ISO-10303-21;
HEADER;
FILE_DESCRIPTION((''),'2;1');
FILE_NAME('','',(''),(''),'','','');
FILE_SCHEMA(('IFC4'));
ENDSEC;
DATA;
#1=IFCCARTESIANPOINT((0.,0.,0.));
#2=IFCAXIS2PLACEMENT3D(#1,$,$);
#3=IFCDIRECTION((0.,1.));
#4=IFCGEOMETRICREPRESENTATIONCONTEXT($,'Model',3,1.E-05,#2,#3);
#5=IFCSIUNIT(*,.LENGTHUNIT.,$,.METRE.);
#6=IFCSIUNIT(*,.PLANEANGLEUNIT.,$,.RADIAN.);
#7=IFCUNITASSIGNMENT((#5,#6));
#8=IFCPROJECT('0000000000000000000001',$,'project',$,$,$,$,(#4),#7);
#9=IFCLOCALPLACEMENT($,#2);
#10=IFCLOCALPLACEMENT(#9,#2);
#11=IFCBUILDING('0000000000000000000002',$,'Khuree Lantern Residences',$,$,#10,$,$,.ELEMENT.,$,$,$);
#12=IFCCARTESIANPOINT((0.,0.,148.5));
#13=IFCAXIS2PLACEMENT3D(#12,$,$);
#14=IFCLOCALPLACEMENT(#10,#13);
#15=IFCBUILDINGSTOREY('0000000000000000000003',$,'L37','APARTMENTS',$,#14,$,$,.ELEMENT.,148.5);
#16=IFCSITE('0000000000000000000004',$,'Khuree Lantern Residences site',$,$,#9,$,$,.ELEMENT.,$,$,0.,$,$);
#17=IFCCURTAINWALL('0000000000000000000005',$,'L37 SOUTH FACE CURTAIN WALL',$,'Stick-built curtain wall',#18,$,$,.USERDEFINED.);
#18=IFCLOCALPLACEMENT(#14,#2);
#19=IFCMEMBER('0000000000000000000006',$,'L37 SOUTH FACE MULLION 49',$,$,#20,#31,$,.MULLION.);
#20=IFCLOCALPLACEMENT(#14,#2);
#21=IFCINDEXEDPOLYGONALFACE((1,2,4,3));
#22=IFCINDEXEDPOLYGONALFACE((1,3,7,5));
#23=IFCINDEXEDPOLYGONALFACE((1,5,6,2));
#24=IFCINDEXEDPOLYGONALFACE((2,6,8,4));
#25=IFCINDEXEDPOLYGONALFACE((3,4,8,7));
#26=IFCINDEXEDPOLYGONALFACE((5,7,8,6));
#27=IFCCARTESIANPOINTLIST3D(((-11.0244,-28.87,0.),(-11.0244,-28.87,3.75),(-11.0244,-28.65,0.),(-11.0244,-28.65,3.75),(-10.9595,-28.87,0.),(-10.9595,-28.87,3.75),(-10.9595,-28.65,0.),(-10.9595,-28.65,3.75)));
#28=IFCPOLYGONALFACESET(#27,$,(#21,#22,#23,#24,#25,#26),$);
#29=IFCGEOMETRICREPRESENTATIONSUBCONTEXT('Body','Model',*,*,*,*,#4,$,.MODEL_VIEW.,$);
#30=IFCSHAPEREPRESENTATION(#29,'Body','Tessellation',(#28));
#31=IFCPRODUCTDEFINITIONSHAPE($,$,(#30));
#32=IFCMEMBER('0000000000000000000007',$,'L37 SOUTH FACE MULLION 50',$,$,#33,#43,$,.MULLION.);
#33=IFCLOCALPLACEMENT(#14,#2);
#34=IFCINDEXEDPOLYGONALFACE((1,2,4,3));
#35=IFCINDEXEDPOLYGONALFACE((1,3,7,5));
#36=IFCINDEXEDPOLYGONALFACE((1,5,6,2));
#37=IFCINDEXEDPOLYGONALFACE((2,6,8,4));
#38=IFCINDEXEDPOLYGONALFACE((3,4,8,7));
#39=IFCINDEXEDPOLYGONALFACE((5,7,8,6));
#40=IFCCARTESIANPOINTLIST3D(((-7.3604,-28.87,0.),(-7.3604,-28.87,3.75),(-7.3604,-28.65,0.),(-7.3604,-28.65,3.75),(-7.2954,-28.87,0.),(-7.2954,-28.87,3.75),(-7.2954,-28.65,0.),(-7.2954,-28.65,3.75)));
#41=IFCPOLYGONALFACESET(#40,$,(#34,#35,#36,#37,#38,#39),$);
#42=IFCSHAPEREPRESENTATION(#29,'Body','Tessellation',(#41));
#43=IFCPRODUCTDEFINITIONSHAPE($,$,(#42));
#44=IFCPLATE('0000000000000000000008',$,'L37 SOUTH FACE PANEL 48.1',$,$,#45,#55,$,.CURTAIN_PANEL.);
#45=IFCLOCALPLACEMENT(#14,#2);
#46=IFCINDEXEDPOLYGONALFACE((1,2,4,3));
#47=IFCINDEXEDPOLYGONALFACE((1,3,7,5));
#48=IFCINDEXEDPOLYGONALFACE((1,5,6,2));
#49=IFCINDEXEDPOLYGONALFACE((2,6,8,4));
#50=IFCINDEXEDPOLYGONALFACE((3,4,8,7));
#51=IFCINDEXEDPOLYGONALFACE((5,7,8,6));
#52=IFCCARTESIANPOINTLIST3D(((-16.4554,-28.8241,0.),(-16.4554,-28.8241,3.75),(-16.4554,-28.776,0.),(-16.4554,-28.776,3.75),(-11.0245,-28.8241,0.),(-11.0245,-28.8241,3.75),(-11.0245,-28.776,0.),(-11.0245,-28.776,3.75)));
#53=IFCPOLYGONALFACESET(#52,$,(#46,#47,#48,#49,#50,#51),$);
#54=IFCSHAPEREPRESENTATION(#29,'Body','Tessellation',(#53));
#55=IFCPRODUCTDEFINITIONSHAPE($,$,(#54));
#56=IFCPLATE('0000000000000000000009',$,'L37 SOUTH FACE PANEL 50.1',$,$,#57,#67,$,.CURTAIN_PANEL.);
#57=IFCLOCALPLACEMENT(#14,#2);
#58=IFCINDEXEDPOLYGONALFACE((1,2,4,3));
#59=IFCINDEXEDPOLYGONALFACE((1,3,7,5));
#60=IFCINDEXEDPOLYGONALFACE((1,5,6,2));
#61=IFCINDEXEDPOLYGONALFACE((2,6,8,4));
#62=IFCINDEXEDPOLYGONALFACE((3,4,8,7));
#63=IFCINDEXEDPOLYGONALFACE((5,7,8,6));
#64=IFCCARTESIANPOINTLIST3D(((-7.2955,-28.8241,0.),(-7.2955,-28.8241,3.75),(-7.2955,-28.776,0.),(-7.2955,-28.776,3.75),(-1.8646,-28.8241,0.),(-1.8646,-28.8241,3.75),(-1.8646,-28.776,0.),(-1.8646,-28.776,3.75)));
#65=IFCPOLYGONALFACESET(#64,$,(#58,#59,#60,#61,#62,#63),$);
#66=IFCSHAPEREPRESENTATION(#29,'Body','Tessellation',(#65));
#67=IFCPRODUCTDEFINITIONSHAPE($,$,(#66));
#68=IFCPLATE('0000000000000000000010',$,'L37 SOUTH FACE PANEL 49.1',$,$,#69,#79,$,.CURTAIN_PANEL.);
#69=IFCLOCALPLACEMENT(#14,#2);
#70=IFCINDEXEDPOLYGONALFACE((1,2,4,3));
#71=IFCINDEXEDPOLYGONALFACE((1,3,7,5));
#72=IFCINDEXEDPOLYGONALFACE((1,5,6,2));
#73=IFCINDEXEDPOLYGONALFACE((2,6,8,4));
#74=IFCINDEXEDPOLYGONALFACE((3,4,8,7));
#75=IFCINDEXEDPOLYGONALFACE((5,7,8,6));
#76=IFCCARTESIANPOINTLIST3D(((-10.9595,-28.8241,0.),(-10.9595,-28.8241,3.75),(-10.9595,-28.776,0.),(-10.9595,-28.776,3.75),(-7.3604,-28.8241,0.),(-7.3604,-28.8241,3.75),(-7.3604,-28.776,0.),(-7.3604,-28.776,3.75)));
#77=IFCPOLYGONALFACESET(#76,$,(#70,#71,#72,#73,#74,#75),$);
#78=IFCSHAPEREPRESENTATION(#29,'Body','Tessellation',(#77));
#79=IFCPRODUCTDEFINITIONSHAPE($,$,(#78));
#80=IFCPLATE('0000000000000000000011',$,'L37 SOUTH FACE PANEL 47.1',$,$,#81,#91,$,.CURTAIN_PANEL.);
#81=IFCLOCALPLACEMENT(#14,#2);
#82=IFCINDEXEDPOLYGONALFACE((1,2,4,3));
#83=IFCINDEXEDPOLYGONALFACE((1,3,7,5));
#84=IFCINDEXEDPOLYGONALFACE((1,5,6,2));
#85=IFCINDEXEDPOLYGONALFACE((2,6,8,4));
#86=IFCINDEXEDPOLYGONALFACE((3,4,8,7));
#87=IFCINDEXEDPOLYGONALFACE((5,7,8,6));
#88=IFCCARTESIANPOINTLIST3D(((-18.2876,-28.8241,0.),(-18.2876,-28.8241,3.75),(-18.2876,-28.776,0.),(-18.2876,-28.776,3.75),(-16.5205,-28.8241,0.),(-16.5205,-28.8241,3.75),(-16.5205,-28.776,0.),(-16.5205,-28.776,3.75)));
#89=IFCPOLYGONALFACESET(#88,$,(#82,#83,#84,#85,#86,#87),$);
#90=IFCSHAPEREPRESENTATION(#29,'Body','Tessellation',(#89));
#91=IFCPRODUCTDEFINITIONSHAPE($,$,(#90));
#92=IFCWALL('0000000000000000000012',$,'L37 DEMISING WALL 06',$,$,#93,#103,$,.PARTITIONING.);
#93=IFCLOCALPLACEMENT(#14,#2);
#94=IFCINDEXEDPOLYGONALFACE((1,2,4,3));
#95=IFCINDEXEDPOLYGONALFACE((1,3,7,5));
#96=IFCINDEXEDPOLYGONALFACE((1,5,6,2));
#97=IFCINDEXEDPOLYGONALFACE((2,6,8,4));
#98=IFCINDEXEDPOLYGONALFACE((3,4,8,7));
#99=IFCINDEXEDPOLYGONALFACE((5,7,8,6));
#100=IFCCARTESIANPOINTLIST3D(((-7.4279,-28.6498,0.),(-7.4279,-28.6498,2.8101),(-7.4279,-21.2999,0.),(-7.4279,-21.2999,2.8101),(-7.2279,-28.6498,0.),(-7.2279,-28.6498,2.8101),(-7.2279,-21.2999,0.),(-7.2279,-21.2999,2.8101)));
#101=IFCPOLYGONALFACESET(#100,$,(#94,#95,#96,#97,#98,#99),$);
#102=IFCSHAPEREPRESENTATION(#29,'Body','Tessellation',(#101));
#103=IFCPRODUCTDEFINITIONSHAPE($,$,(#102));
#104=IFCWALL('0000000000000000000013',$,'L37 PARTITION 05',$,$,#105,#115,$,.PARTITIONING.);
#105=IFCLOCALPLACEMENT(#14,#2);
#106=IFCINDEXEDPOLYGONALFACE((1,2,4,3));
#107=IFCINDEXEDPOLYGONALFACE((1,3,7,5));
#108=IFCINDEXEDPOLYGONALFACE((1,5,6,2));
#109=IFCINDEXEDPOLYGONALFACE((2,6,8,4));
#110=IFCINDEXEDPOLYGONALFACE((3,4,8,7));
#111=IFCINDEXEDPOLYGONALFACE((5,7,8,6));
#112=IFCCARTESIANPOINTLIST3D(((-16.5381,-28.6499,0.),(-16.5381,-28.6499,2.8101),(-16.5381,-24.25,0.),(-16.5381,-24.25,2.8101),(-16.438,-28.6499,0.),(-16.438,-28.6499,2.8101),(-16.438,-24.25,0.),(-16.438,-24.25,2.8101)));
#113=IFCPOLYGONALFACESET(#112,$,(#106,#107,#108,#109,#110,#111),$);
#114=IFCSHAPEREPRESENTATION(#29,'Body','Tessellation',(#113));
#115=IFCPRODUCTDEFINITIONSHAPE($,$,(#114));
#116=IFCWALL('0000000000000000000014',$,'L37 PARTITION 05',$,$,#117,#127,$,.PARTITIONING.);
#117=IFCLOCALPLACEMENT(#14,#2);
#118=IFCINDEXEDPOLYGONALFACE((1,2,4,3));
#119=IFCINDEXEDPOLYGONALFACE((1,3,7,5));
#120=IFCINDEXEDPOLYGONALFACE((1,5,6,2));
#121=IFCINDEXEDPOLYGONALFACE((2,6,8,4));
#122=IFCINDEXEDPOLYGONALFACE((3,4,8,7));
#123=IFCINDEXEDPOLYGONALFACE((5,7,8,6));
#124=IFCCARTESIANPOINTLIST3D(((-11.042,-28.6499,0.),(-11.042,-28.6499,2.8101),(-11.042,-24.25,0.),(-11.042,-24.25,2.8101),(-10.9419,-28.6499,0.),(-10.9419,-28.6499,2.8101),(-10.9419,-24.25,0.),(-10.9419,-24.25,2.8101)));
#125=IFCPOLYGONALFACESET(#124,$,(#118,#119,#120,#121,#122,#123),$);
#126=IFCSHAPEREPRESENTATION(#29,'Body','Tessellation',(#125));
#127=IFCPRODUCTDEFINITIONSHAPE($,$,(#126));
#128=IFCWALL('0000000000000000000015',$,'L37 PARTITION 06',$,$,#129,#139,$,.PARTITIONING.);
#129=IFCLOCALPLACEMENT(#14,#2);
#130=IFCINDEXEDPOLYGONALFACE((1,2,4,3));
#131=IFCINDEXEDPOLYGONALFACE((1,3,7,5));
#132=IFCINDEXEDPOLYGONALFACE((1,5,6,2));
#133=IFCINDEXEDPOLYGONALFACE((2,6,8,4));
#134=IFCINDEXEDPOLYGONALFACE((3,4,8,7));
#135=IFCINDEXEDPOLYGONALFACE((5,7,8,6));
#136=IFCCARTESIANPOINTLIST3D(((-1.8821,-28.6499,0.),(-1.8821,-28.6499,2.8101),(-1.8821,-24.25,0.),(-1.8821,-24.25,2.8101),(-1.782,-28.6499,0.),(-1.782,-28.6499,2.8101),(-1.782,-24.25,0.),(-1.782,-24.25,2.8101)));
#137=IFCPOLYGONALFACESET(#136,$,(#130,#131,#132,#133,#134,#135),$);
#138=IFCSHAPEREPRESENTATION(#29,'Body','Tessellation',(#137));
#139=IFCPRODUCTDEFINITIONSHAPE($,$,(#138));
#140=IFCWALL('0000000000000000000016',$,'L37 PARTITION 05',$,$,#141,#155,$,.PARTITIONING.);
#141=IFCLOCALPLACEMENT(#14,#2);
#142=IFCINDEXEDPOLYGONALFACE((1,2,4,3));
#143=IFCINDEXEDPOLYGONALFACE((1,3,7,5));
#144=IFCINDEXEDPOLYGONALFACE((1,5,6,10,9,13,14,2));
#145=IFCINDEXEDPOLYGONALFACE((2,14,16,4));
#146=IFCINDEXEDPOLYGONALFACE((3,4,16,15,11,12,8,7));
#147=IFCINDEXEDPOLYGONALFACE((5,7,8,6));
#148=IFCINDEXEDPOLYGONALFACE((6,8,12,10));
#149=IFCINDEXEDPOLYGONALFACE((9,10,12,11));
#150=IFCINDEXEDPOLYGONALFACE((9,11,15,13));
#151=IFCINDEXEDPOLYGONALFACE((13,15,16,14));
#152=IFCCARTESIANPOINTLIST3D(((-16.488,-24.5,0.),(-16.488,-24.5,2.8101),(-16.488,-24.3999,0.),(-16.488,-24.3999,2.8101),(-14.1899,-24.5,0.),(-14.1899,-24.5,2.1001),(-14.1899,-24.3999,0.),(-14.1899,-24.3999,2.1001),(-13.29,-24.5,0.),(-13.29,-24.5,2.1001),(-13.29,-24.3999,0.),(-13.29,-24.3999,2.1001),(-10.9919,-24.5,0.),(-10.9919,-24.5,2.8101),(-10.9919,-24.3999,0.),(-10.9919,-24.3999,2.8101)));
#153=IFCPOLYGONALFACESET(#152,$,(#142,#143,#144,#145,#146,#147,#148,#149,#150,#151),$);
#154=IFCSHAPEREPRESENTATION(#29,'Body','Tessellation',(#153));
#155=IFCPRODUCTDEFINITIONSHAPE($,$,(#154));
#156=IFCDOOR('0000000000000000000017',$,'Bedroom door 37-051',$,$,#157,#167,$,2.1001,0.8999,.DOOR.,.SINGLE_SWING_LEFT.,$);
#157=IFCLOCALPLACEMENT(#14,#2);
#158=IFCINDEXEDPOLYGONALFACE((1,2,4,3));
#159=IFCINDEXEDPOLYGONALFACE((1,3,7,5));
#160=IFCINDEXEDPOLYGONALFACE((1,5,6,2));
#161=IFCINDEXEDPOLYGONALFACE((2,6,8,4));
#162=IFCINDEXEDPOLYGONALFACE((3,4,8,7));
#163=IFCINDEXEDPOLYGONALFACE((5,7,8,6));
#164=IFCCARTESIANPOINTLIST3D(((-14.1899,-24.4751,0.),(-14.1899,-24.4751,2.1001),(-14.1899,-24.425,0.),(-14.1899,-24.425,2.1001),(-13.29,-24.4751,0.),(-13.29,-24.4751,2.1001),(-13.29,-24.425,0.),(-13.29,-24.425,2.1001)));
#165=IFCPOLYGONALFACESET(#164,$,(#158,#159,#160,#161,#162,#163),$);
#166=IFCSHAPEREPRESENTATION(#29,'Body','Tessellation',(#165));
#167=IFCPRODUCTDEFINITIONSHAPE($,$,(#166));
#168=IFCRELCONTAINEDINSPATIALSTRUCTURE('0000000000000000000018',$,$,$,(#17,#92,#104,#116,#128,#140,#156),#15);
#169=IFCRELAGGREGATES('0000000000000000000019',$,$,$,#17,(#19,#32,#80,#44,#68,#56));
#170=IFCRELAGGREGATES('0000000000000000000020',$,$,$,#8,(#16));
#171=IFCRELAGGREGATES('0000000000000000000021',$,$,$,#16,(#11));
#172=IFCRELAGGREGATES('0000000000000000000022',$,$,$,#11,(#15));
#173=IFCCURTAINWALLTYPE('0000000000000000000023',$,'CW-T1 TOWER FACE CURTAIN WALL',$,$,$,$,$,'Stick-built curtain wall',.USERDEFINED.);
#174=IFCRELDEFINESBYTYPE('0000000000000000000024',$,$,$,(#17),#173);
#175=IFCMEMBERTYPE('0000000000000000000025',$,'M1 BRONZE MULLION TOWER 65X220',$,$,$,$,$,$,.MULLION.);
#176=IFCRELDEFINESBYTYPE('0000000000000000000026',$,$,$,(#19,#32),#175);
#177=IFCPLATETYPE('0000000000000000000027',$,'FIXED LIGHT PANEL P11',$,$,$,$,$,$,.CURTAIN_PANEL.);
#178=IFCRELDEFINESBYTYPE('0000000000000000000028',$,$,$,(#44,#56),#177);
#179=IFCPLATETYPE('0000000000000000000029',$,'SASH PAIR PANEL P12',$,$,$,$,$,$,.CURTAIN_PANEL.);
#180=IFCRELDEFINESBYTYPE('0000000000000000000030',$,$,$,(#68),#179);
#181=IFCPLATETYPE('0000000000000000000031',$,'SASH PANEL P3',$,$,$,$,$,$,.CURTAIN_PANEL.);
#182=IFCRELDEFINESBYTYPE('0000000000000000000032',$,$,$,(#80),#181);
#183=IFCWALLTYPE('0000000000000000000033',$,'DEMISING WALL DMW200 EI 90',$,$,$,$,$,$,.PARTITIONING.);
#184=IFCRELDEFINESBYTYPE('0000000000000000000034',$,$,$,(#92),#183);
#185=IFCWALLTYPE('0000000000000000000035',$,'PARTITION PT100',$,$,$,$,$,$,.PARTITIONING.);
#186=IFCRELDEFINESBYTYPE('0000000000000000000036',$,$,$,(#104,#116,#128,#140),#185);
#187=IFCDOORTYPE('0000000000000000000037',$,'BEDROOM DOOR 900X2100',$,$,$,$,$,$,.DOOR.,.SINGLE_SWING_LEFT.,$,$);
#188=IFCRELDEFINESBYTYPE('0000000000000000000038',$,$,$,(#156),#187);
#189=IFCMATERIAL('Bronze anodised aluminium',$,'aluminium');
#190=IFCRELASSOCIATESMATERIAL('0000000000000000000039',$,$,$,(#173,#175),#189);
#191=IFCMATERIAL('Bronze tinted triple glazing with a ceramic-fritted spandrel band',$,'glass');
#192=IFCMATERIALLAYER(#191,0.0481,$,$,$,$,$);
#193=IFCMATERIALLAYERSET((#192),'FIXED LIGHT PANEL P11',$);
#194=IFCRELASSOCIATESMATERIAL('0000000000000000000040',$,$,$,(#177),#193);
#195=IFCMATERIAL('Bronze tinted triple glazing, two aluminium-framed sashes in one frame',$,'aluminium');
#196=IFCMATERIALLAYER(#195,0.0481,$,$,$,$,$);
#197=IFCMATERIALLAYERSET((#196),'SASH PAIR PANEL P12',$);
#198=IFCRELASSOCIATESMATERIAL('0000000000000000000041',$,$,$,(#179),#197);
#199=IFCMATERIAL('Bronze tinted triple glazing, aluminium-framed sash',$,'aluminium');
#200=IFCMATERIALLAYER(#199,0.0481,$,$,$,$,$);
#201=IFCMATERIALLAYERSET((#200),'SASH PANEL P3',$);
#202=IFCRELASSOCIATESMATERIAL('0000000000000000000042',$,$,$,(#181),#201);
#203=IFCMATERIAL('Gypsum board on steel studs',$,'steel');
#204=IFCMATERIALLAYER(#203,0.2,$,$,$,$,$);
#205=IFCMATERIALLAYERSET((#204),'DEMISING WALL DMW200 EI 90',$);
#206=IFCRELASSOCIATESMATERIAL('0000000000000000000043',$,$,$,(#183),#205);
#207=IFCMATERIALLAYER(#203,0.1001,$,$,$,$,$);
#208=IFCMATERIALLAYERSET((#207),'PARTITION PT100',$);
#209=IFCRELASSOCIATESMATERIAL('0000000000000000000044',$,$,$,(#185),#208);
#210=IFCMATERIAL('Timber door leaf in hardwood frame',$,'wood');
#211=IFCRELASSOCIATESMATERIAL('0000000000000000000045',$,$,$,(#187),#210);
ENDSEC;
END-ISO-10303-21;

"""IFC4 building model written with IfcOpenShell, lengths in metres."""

from ifc_helpers import new_model, si_unit, direction, frame, frame_2d, origin, origin_2d, place, context, subcontext, project, spatial, rectangle, extrude, material, layer, layer_set, material_profile, profile_set, type_object, element, fill, aggregate, save


model = new_model("IFC4")

# Units and contexts
model_context = context("Model", 3, precision=1e-05, world=origin(), true_north=direction((0.0, 1.0)))
body_context = subcontext(model_context, "Body", "Model", "MODEL_VIEW")
ifc_project = project(units=[si_unit("LENGTHUNIT", "METRE"), si_unit("PLANEANGLEUNIT", "RADIAN")], contexts=[model_context])

# Site, building, storey
site_placement = place(None, origin())
site = spatial("IfcSite", under=ifc_project, at=site_placement, Name="Khuree Lantern Residences site", CompositionType="ELEMENT", RefElevation=0.0)
building_placement = place(site_placement, origin())
building = spatial("IfcBuilding", under=site, at=building_placement, Name="Khuree Lantern Residences", CompositionType="ELEMENT")
storey_placement = place(building_placement, frame((0.0, 0.0, 148.5)))
storey = spatial("IfcBuildingStorey", under=building, at=storey_placement, Name="L37", Description="APARTMENTS", CompositionType="ELEMENT", Elevation=148.5)

# Curtain wall
ifc_material_1 = material(Name="Bronze anodised aluminium", Category="aluminium")
curtain_wall_type = type_object("IfcCurtainWallType", Name="CW-T1 TOWER FACE CURTAIN WALL", ElementType="Stick-built curtain wall", PredefinedType="USERDEFINED", material=ifc_material_1)
curtain_wall_placement = place(storey_placement, origin())
curtain_wall = element("IfcCurtainWall", 1, at=curtain_wall_placement, inside=storey, type_object=curtain_wall_type, Name="L37 SOUTH FACE CURTAIN WALL", ObjectType="Stick-built curtain wall", PredefinedType="USERDEFINED")

# Members
ifc_material_profile_1 = material_profile(ifc_material_1, rectangle(XDim=0.0649, YDim=0.22, at=origin_2d()), Name="M1 65X220")
ifc_profile_set_1 = profile_set([ifc_material_profile_1], Name="Bronze anodised aluminium")
member_type_1 = type_object("IfcMemberType", Name="M1 BRONZE MULLION TOWER 65X220", PredefinedType="MULLION", material=ifc_profile_set_1)
member_1_placement = place(storey_placement, frame((-10.9919, -28.76, 0.0), z_axis=(0.0, 0.0, 1.0), x_axis=(1.0, 0.0, 0.0)))
member_1 = element("IfcMember", 2, at=member_1_placement, type_object=member_type_1, Name="L37 SOUTH FACE MULLION 49", PredefinedType="MULLION", context=body_context, shape_type="SweptSolid", body=[
    extrude(rectangle(XDim=0.0649, YDim=0.22, at=origin_2d()), origin(), (0.0, 0.0, 1.0), 3.75),
])
member_2_placement = place(storey_placement, frame((-7.3279, -28.76, 0.0), z_axis=(0.0, 0.0, 1.0), x_axis=(1.0, 0.0, 0.0)))
member_2 = element("IfcMember", 3, at=member_2_placement, type_object=member_type_1, Name="L37 SOUTH FACE MULLION 50", PredefinedType="MULLION", context=body_context, shape_type="SweptSolid", body=[
    extrude(rectangle(XDim=0.0649, YDim=0.22, at=origin_2d()), origin(), (0.0, 0.0, 1.0), 3.75),
])

# Plates
ifc_material_2 = material(Name="Bronze tinted triple glazing with a ceramic-fritted spandrel band", Category="glass")
ifc_layer_1 = layer(ifc_material_2, 0.0481)
ifc_layer_set_1 = layer_set([ifc_layer_1], Name="FIXED LIGHT PANEL P11")
plate_type_1 = type_object("IfcPlateType", Name="FIXED LIGHT PANEL P11", PredefinedType="CURTAIN_PANEL", material=ifc_layer_set_1)
plate_1_placement = place(storey_placement, frame((-13.74, -28.8, 0.0), z_axis=(0.0, 0.0, 1.0), x_axis=(1.0, 0.0, 0.0)))
plate_1 = element("IfcPlate", 4, at=plate_1_placement, type_object=plate_type_1, Name="L37 SOUTH FACE PANEL 48.1", PredefinedType="CURTAIN_PANEL", context=body_context, shape_type="SweptSolid", body=[
    extrude(rectangle(XDim=5.4309, YDim=0.0481, at=origin_2d()), origin(), (0.0, 0.0, 1.0), 3.75),
])
plate_2_placement = place(storey_placement, frame((-4.5801, -28.8, 0.0), z_axis=(0.0, 0.0, 1.0), x_axis=(1.0, 0.0, 0.0)))
plate_2 = element("IfcPlate", 5, at=plate_2_placement, type_object=plate_type_1, Name="L37 SOUTH FACE PANEL 50.1", PredefinedType="CURTAIN_PANEL", context=body_context, shape_type="SweptSolid", body=[
    extrude(rectangle(XDim=5.4309, YDim=0.0481, at=origin_2d()), origin(), (0.0, 0.0, 1.0), 3.75),
])
ifc_material_3 = material(Name="Bronze tinted triple glazing, two aluminium-framed sashes in one frame", Category="aluminium")
ifc_layer_2 = layer(ifc_material_3, 0.0481)
ifc_layer_set_2 = layer_set([ifc_layer_2], Name="SASH PAIR PANEL P12")
plate_type_2 = type_object("IfcPlateType", Name="SASH PAIR PANEL P12", PredefinedType="CURTAIN_PANEL", material=ifc_layer_set_2)
plate_3_placement = place(storey_placement, frame((-9.1599, -28.8, 0.0), z_axis=(0.0, 0.0, 1.0), x_axis=(1.0, 0.0, 0.0)))
plate_3 = element("IfcPlate", 6, at=plate_3_placement, type_object=plate_type_2, Name="L37 SOUTH FACE PANEL 49.1", PredefinedType="CURTAIN_PANEL", context=body_context, shape_type="SweptSolid", body=[
    extrude(rectangle(XDim=3.5991, YDim=0.0481, at=origin_2d()), origin(), (0.0, 0.0, 1.0), 3.75),
])
ifc_material_4 = material(Name="Bronze tinted triple glazing, aluminium-framed sash", Category="aluminium")
ifc_layer_3 = layer(ifc_material_4, 0.0481)
ifc_layer_set_3 = layer_set([ifc_layer_3], Name="SASH PANEL P3")
plate_type_3 = type_object("IfcPlateType", Name="SASH PANEL P3", PredefinedType="CURTAIN_PANEL", material=ifc_layer_set_3)
plate_4_placement = place(storey_placement, frame((-17.4041, -28.8, 0.0), z_axis=(0.0, 0.0, 1.0), x_axis=(1.0, 0.0, 0.0)))
plate_4 = element("IfcPlate", 7, at=plate_4_placement, type_object=plate_type_3, Name="L37 SOUTH FACE PANEL 47.1", PredefinedType="CURTAIN_PANEL", context=body_context, shape_type="SweptSolid", body=[
    extrude(rectangle(XDim=1.7671, YDim=0.0481, at=origin_2d()), origin(), (0.0, 0.0, 1.0), 3.75),
])
aggregate(curtain_wall, [member_1, member_2, plate_4, plate_1, plate_3, plate_2])

# Walls
ifc_material_5 = material(Name="Gypsum board on steel studs", Category="steel")
ifc_layer_4 = layer(ifc_material_5, 0.2)
ifc_layer_set_4 = layer_set([ifc_layer_4], Name="DEMISING WALL DMW200 EI 90")
wall_type_1 = type_object("IfcWallType", Name="DEMISING WALL DMW200 EI 90", PredefinedType="PARTITIONING", material=ifc_layer_set_4)
wall_1_placement = place(storey_placement, frame((-7.3279, -21.3, 0.0), z_axis=(0.0, 0.0, 1.0), x_axis=(0.0, -1.0, 0.0)))
element("IfcWall", 8, at=wall_1_placement, inside=storey, type_object=wall_type_1, Name="L37 DEMISING WALL 06", PredefinedType="PARTITIONING", context=body_context, shape_type="SweptSolid", body=[
    extrude(rectangle(XDim=7.3499, YDim=0.2, at=frame_2d((3.6748, 0.0))), origin(), (0.0, 0.0, 1.0), 2.8101),
])
ifc_layer_5 = layer(ifc_material_5, 0.1001)
ifc_layer_set_5 = layer_set([ifc_layer_5], Name="PARTITION PT100")
wall_type_2 = type_object("IfcWallType", Name="PARTITION PT100", PredefinedType="PARTITIONING", material=ifc_layer_set_5)
for number, where, z_axis, x_axis, name in (
    (9, (-16.488, -24.25, 0.0), (0.0, 0.0, 1.0), (0.0, -1.0, 0.0), "L37 PARTITION 05"),
    (10, (-10.9919, -24.25, 0.0), (0.0, 0.0, 1.0), (0.0, -1.0, 0.0), "L37 PARTITION 05"),
    (11, (-1.832, -24.25, 0.0), (0.0, 0.0, 1.0), (0.0, -1.0, 0.0), "L37 PARTITION 06"),
):
    element("IfcWall", number, at=place(storey_placement, frame(where, z_axis=z_axis, x_axis=x_axis)), inside=storey, type_object=wall_type_2, Name=name, PredefinedType="PARTITIONING", context=body_context, shape_type="SweptSolid", body=[
        extrude(rectangle(XDim=4.3999, YDim=0.1001, at=frame_2d((2.2, 0.0))), origin(), (0.0, 0.0, 1.0), 2.8101),
    ])

# Wall, opening, door
wall_2_placement = place(storey_placement, frame((-16.488, -24.45, 0.0), z_axis=(0.0, 0.0, 1.0), x_axis=(1.0, 0.0, 0.0)))
wall_2 = element("IfcWall", 12, at=wall_2_placement, inside=storey, type_object=wall_type_2, Name="L37 PARTITION 05", PredefinedType="PARTITIONING", context=body_context, shape_type="SweptSolid", body=[
    extrude(rectangle(XDim=5.4961, YDim=0.1001, at=frame_2d((2.748, 0.0))), origin(), (0.0, 0.0, 1.0), 2.8101),
])
opening_1_placement = place(wall_2_placement, frame((2.2981, 0.0, 0.0)))
opening_1 = element("IfcOpeningElement", 13, at=opening_1_placement, cuts=wall_2, PredefinedType="OPENING", context=body_context, shape_type="SweptSolid", body=[
    extrude(rectangle(XDim=0.8999, YDim=2.1001, at=frame_2d((0.45, 1.05))), frame((0.0, 0.0601, 0.0), z_axis=(0.0, -1.0, 0.0), x_axis=(1.0, 0.0, 0.0)), (0.0, 0.0, 1.0), 0.1201),
])
ifc_material_6 = material(Name="Timber door leaf in hardwood frame", Category="wood")
door_type = type_object("IfcDoorType", Name="BEDROOM DOOR 900X2100", OperationType="SINGLE_SWING_LEFT", PredefinedType="DOOR", material=ifc_material_6)
door_1_placement = place(opening_1_placement, origin())
door_1 = element("IfcDoor", 14, at=door_1_placement, inside=storey, type_object=door_type, Name="Bedroom door 37-051", OperationType="SINGLE_SWING_LEFT", OverallHeight=2.1001, OverallWidth=0.8999, PredefinedType="DOOR", context=body_context, shape_type="SweptSolid", body=[
    extrude(rectangle(XDim=0.8999, YDim=2.1001, at=frame_2d((0.45, 1.05))), frame((0.0, 0.0249, 0.0), z_axis=(0.0, -1.0, 0.0), x_axis=(1.0, 0.0, 0.0)), (0.0, 0.0, 1.0), 0.05),
])
fill(opening_1, door_1)

save(model, "model.ifc")
